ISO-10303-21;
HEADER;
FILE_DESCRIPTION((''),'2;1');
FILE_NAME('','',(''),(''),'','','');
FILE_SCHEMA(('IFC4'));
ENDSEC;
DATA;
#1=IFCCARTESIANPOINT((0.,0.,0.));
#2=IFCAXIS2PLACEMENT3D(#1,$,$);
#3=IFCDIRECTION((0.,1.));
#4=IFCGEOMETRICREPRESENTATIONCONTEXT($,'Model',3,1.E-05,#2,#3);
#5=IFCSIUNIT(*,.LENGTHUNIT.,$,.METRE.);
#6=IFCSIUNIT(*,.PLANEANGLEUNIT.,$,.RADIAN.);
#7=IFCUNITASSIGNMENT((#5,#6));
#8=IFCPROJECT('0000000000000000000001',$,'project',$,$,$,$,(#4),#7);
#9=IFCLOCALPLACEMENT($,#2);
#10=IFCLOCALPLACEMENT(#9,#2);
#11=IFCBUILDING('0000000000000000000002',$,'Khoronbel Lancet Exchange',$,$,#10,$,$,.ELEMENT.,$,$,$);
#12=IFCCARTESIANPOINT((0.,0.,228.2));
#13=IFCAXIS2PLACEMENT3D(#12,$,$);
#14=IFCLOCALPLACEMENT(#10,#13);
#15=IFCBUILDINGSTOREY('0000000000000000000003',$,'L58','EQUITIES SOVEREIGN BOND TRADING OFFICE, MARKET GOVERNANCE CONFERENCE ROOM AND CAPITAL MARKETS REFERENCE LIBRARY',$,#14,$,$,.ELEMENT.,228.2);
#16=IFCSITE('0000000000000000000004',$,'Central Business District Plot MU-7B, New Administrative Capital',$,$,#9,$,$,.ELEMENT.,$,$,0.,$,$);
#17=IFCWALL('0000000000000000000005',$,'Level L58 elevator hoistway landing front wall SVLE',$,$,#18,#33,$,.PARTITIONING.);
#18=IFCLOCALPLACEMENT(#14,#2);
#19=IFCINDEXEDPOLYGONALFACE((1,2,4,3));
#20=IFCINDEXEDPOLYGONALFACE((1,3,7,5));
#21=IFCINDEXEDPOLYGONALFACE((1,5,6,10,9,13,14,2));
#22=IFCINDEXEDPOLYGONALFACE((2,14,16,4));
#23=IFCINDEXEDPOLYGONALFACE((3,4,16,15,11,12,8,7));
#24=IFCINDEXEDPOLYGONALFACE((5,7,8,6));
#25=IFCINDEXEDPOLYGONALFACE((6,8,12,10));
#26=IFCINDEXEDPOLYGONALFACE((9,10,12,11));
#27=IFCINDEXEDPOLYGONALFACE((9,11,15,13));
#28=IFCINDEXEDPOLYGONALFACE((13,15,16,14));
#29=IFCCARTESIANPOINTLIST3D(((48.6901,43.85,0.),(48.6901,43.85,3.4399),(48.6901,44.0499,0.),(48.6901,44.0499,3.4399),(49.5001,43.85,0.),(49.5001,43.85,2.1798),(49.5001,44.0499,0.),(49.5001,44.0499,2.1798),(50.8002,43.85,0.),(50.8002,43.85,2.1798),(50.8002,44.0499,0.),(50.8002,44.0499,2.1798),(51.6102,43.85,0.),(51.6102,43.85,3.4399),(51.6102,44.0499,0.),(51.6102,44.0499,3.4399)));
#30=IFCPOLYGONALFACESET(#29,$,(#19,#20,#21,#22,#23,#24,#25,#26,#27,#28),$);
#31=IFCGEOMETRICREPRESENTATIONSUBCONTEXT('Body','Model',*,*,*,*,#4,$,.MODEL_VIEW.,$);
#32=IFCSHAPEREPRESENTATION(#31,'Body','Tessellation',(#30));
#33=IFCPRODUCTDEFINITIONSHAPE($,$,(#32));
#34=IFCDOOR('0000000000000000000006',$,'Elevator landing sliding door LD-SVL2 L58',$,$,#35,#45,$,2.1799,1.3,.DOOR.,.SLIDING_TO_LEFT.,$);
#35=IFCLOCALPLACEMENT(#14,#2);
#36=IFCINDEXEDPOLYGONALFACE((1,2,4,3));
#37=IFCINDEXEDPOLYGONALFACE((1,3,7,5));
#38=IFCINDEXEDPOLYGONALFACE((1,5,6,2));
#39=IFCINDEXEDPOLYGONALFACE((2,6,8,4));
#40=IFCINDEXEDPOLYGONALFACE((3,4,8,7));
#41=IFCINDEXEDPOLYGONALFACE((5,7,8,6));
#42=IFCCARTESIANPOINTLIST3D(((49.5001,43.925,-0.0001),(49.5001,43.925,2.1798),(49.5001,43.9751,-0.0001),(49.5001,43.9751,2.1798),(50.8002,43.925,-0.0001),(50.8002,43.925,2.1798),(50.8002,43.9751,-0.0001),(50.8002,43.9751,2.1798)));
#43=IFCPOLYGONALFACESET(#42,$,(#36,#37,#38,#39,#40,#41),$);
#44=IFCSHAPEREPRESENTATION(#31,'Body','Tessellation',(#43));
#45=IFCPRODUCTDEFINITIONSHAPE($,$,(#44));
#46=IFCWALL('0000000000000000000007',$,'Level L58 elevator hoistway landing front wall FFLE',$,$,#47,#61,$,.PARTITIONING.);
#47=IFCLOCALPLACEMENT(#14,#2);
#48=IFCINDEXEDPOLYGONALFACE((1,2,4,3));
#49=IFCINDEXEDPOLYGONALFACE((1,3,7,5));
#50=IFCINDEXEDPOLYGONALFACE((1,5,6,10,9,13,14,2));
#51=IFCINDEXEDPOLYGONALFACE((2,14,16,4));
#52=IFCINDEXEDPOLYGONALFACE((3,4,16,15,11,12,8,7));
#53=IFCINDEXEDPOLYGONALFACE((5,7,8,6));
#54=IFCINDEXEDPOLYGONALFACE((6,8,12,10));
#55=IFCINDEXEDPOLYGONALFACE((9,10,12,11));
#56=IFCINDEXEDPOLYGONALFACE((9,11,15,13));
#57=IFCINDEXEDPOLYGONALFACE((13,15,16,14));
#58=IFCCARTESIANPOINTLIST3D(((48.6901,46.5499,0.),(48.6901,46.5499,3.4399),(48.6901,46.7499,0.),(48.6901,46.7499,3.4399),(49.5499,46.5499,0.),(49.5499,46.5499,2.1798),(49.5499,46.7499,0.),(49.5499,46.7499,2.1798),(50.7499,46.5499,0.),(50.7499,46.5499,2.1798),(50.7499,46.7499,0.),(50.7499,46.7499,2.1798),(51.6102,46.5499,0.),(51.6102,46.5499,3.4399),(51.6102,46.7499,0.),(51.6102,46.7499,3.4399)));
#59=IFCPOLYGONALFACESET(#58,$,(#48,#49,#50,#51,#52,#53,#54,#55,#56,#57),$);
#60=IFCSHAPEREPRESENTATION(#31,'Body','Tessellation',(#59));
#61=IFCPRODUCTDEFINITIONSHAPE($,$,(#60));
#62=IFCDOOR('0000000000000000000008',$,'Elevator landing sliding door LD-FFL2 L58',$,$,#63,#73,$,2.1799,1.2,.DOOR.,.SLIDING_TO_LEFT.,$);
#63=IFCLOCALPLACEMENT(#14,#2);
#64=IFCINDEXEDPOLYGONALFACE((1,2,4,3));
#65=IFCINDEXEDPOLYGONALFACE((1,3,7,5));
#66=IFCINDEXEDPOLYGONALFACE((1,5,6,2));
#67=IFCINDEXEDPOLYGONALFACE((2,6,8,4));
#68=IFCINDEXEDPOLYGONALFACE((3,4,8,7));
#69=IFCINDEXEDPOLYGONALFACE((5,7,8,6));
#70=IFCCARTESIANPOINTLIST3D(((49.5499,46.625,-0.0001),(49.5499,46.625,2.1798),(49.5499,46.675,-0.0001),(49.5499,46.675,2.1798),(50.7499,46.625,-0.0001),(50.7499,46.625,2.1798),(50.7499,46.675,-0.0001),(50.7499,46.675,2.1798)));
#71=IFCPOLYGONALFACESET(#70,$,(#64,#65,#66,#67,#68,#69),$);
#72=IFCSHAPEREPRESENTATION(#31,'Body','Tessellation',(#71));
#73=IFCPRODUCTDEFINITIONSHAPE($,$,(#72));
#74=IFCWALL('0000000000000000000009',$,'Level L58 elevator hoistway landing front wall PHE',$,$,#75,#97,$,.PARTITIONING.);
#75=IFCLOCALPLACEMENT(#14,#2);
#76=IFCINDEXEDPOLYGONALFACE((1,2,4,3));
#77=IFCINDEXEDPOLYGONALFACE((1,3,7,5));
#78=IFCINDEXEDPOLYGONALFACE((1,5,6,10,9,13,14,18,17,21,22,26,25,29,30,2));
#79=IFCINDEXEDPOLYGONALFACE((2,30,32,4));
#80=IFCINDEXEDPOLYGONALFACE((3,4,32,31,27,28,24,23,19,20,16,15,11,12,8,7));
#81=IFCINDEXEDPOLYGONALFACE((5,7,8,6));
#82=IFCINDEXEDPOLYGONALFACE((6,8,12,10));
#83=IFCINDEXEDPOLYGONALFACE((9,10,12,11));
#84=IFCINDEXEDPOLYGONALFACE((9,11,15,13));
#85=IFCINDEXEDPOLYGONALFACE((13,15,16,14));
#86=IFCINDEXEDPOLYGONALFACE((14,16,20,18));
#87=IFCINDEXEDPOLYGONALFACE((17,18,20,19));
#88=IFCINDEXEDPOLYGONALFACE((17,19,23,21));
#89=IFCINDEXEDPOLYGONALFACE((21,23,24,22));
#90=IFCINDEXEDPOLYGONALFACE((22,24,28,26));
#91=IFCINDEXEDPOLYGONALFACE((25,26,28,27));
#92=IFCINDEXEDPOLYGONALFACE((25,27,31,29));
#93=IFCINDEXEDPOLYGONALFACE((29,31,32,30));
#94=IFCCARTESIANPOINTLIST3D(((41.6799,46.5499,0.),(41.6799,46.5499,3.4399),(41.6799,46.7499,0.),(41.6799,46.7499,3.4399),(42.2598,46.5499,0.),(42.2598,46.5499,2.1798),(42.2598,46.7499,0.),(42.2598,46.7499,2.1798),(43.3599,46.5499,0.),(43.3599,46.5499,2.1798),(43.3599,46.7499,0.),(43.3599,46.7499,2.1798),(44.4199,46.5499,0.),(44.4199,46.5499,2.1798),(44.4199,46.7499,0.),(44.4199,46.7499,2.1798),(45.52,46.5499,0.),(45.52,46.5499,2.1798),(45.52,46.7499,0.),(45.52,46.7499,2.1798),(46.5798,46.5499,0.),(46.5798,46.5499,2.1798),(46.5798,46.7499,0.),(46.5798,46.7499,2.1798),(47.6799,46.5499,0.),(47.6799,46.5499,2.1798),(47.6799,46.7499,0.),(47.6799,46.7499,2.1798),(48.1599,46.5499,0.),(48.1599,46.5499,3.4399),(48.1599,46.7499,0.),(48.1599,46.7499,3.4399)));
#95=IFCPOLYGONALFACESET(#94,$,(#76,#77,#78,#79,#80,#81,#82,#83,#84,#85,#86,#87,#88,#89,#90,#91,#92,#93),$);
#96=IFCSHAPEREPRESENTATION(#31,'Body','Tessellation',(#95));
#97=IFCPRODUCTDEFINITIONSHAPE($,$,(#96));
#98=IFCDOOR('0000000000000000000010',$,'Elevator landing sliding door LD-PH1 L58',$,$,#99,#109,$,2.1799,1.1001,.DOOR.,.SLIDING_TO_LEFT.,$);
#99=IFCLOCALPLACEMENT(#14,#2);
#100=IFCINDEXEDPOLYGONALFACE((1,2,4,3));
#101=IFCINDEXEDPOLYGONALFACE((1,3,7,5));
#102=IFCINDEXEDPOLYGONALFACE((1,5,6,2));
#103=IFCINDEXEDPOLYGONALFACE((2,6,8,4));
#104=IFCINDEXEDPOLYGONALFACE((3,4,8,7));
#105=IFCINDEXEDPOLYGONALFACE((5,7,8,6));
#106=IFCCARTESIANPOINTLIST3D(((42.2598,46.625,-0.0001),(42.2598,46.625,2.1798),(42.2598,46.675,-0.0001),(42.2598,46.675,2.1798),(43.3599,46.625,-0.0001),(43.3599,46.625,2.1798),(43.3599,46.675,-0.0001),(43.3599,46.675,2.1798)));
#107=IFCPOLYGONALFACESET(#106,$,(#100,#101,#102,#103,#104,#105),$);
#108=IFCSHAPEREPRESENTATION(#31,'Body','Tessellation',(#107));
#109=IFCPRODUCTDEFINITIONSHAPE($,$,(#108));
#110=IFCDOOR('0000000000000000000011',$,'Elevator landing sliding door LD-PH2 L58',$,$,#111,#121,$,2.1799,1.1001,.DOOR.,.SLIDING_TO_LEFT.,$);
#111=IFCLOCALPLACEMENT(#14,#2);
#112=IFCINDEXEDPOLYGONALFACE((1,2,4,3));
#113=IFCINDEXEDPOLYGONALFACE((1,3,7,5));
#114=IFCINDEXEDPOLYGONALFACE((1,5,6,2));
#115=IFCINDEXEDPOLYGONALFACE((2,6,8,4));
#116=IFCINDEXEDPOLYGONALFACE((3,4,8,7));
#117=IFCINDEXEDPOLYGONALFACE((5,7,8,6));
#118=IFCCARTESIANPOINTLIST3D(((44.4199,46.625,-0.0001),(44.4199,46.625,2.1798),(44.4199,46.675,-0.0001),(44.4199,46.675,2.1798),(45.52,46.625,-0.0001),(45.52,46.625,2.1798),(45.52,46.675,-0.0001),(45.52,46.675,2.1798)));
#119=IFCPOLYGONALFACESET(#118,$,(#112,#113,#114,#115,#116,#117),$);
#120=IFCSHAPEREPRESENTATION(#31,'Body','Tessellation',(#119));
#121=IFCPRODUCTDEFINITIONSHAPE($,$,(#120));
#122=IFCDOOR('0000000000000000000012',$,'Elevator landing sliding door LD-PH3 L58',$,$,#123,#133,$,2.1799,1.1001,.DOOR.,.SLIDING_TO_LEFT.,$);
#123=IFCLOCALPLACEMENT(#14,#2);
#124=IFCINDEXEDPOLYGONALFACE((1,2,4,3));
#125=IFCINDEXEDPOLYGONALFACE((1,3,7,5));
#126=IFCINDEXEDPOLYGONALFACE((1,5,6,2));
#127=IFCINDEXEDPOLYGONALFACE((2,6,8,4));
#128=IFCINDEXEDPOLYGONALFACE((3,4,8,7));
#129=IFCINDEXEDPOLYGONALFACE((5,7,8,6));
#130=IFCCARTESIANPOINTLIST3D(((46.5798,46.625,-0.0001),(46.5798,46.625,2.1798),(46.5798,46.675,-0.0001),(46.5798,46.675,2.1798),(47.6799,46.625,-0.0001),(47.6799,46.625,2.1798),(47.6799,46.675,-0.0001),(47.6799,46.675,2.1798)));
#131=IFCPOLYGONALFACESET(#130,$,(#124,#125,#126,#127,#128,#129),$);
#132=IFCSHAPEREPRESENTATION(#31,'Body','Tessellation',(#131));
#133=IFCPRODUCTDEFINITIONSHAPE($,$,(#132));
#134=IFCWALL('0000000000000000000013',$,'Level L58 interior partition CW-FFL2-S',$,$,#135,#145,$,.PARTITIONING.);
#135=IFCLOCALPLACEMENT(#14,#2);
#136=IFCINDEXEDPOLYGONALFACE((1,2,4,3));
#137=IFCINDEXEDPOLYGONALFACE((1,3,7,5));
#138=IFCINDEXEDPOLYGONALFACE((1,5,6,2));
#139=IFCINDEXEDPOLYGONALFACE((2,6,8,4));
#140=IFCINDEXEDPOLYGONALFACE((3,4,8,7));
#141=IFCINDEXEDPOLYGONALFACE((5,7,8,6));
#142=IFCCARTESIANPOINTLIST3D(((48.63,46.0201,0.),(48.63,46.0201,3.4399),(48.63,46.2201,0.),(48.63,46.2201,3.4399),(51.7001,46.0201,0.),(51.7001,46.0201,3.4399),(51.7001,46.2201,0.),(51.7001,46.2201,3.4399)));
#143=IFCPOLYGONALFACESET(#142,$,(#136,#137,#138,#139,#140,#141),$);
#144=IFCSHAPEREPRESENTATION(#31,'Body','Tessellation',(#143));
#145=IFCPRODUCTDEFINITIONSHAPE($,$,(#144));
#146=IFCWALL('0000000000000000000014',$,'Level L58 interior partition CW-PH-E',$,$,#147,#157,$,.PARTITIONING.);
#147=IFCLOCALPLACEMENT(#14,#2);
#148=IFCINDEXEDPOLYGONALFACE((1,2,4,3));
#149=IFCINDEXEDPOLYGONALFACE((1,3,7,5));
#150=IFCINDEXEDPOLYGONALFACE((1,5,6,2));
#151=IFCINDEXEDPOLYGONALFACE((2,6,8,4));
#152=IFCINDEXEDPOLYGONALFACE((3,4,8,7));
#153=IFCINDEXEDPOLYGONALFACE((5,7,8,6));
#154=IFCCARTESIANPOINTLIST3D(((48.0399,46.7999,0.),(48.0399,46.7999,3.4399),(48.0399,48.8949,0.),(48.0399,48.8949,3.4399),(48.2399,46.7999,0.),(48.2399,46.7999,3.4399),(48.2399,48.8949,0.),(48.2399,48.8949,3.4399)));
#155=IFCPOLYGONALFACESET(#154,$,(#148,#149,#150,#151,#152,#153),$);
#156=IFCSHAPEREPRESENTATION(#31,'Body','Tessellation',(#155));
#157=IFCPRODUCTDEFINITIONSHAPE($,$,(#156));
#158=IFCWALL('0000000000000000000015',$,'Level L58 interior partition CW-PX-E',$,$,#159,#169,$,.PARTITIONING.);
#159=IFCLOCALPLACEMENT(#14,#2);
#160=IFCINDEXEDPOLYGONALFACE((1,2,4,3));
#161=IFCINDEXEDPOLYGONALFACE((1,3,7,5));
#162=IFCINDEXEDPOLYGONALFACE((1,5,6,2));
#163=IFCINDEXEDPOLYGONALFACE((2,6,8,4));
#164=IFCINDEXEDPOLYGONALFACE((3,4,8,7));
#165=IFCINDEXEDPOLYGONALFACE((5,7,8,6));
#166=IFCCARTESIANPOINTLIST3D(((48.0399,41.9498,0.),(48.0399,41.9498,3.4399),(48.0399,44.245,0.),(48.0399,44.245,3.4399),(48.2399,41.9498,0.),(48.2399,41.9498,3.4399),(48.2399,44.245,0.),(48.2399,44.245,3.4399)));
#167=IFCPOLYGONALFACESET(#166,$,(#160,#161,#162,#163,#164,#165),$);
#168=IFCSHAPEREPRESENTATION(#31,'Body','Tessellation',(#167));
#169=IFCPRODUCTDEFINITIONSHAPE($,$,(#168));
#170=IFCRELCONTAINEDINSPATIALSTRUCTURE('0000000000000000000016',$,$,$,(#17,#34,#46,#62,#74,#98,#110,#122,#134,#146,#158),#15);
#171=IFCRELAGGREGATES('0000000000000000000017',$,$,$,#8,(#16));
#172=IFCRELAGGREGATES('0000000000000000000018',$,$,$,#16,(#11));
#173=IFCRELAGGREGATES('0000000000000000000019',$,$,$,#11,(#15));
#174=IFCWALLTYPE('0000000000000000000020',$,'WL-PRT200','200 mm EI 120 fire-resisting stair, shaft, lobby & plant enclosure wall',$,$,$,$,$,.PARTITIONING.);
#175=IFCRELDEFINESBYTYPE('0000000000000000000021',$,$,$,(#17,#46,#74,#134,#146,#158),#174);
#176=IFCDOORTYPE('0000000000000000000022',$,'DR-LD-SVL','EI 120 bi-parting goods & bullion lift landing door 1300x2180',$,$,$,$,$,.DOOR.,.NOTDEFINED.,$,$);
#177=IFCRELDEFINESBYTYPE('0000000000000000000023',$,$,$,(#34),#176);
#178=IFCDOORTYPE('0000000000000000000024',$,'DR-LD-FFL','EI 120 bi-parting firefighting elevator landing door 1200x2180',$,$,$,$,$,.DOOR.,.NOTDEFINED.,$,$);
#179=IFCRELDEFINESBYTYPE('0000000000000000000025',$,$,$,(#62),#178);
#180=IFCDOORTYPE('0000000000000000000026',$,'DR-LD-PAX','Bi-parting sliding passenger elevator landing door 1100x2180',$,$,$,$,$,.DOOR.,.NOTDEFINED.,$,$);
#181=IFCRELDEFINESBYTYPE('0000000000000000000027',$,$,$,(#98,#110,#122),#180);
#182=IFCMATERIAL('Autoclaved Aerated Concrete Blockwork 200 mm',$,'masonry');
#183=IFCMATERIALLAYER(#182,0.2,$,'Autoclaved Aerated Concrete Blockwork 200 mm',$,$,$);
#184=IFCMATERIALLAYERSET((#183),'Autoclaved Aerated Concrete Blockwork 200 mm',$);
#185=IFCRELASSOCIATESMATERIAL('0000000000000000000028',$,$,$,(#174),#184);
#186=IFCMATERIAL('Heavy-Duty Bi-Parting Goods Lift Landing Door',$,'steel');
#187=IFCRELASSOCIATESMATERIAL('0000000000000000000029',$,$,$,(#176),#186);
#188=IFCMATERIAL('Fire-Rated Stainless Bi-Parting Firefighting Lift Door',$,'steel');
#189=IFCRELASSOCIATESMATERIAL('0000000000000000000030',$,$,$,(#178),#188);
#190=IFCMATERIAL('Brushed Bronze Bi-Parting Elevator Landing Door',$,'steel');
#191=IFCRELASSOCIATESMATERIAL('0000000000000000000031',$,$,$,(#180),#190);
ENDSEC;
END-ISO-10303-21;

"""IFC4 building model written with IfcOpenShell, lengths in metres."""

from ifc_helpers import new_model, si_unit, direction, frame, frame_2d, origin, place, context, subcontext, project, spatial, rectangle, extrude, material, layer, layer_set, type_object, element, fill, save


model = new_model("IFC4")

# Units and contexts
model_context = context("Model", 3, precision=1e-05, world=origin(), true_north=direction((0.0, 1.0)))
body_context = subcontext(model_context, "Body", "Model", "MODEL_VIEW")
ifc_project = project(units=[si_unit("LENGTHUNIT", "METRE"), si_unit("PLANEANGLEUNIT", "RADIAN")], contexts=[model_context])

# Site, building, storey
site_placement = place(None, origin())
site = spatial("IfcSite", under=ifc_project, at=site_placement, Name="Central Business District Plot MU-7B, New Administrative Capital", CompositionType="ELEMENT", RefElevation=0.0)
building_placement = place(site_placement, origin())
building = spatial("IfcBuilding", under=site, at=building_placement, Name="Khoronbel Lancet Exchange", CompositionType="ELEMENT")
storey_placement = place(building_placement, frame((0.0, 0.0, 228.2)))
storey = spatial("IfcBuildingStorey", under=building, at=storey_placement, Name="L58", Description="EQUITIES SOVEREIGN BOND TRADING OFFICE, MARKET GOVERNANCE CONFERENCE ROOM AND CAPITAL MARKETS REFERENCE LIBRARY", CompositionType="ELEMENT", Elevation=228.2)

# Walls, openings, doors
ifc_material_1 = material(Name="Autoclaved Aerated Concrete Blockwork 200 mm", Category="masonry")
ifc_layer_1 = layer(ifc_material_1, 0.2, Name="Autoclaved Aerated Concrete Blockwork 200 mm")
ifc_layer_set_1 = layer_set([ifc_layer_1], Name="Autoclaved Aerated Concrete Blockwork 200 mm")
wall_type_1 = type_object("IfcWallType", Name="WL-PRT200", Description="200 mm EI 120 fire-resisting stair, shaft, lobby & plant enclosure wall", PredefinedType="PARTITIONING", material=ifc_layer_set_1)
wall_1_placement = place(storey_placement, frame((51.6101, 43.95, 0.0), z_axis=(0.0, 0.0, 1.0), x_axis=(-1.0, 0.0, 0.0)))
wall_1 = element("IfcWall", 1, at=wall_1_placement, inside=storey, type_object=wall_type_1, Name="Level L58 elevator hoistway landing front wall SVLE", PredefinedType="PARTITIONING", context=body_context, shape_type="SweptSolid", body=[
    extrude(rectangle(XDim=2.9202, YDim=0.2, at=frame_2d((1.46, 0.0))), origin(), (0.0, 0.0, 1.0), 3.4399),
])
opening_1_placement = place(wall_1_placement, frame((0.8101, 0.0, 0.0)))
opening_1 = element("IfcOpeningElement", 2, at=opening_1_placement, cuts=wall_1, PredefinedType="OPENING", context=body_context, shape_type="SweptSolid", body=[
    extrude(rectangle(XDim=1.3, YDim=2.1799, at=frame_2d((0.6499, 1.0898))), frame((0.0, 0.1099, 0.0), z_axis=(0.0, -1.0, 0.0), x_axis=(1.0, 0.0, 0.0)), (0.0, 0.0, 1.0), 0.22),
])
ifc_material_2 = material(Name="Heavy-Duty Bi-Parting Goods Lift Landing Door", Category="steel")
door_type_1 = type_object("IfcDoorType", Name="DR-LD-SVL", Description="EI 120 bi-parting goods & bullion lift landing door 1300x2180", OperationType="NOTDEFINED", PredefinedType="DOOR", material=ifc_material_2)
door_1_placement = place(opening_1_placement, origin())
door_1 = element("IfcDoor", 3, at=door_1_placement, inside=storey, type_object=door_type_1, Name="Elevator landing sliding door LD-SVL2 L58", OperationType="SLIDING_TO_LEFT", OverallHeight=2.1799, OverallWidth=1.3, PredefinedType="DOOR", context=body_context, shape_type="SweptSolid", body=[
    extrude(rectangle(XDim=1.3, YDim=2.1799, at=frame_2d((0.6499, 1.0898))), frame((0.0, 0.0249, 0.0), z_axis=(0.0, -1.0, 0.0), x_axis=(1.0, 0.0, 0.0)), (0.0, 0.0, 1.0), 0.05),
])
fill(opening_1, door_1)
wall_2_placement = place(storey_placement, frame((51.6101, 46.6499, 0.0), z_axis=(0.0, 0.0, 1.0), x_axis=(-1.0, 0.0, 0.0)))
wall_2 = element("IfcWall", 4, at=wall_2_placement, inside=storey, type_object=wall_type_1, Name="Level L58 elevator hoistway landing front wall FFLE", PredefinedType="PARTITIONING", context=body_context, shape_type="SweptSolid", body=[
    extrude(rectangle(XDim=2.9202, YDim=0.2, at=frame_2d((1.46, 0.0))), origin(), (0.0, 0.0, 1.0), 3.4399),
])
opening_2_placement = place(wall_2_placement, frame((0.8601, 0.0, 0.0)))
opening_2 = element("IfcOpeningElement", 5, at=opening_2_placement, cuts=wall_2, PredefinedType="OPENING", context=body_context, shape_type="SweptSolid", body=[
    extrude(rectangle(XDim=1.2, YDim=2.1799, at=frame_2d((0.6001, 1.0898))), frame((0.0, 0.1099, 0.0), z_axis=(0.0, -1.0, 0.0), x_axis=(1.0, 0.0, 0.0)), (0.0, 0.0, 1.0), 0.22),
])
ifc_material_3 = material(Name="Fire-Rated Stainless Bi-Parting Firefighting Lift Door", Category="steel")
door_type_2 = type_object("IfcDoorType", Name="DR-LD-FFL", Description="EI 120 bi-parting firefighting elevator landing door 1200x2180", OperationType="NOTDEFINED", PredefinedType="DOOR", material=ifc_material_3)
door_2_placement = place(opening_2_placement, origin())
door_2 = element("IfcDoor", 6, at=door_2_placement, inside=storey, type_object=door_type_2, Name="Elevator landing sliding door LD-FFL2 L58", OperationType="SLIDING_TO_LEFT", OverallHeight=2.1799, OverallWidth=1.2, PredefinedType="DOOR", context=body_context, shape_type="SweptSolid", body=[
    extrude(rectangle(XDim=1.2, YDim=2.1799, at=frame_2d((0.6001, 1.0898))), frame((0.0, 0.0249, 0.0), z_axis=(0.0, -1.0, 0.0), x_axis=(1.0, 0.0, 0.0)), (0.0, 0.0, 1.0), 0.05),
])
fill(opening_2, door_2)

# Wall, openings, doors
wall_3_placement = place(storey_placement, frame((48.1599, 46.6499, 0.0), z_axis=(0.0, 0.0, 1.0), x_axis=(-1.0, 0.0, 0.0)))
wall_3 = element("IfcWall", 7, at=wall_3_placement, inside=storey, type_object=wall_type_1, Name="Level L58 elevator hoistway landing front wall PHE", PredefinedType="PARTITIONING", context=body_context, shape_type="SweptSolid", body=[
    extrude(rectangle(XDim=6.48, YDim=0.2, at=frame_2d((3.24, 0.0))), origin(), (0.0, 0.0, 1.0), 3.4399),
])
opening_3_placement = place(wall_3_placement, frame((4.8, 0.0, 0.0)))
opening_3 = element("IfcOpeningElement", 8, at=opening_3_placement, cuts=wall_3, PredefinedType="OPENING", context=body_context, shape_type="SweptSolid", body=[
    extrude(rectangle(XDim=1.1001, YDim=2.1799, at=frame_2d((0.55, 1.0898))), frame((0.0, 0.1099, 0.0), z_axis=(0.0, -1.0, 0.0), x_axis=(1.0, 0.0, 0.0)), (0.0, 0.0, 1.0), 0.22),
])
opening_4_placement = place(wall_3_placement, frame((2.6399, 0.0, 0.0)))
opening_4 = element("IfcOpeningElement", 9, at=opening_4_placement, cuts=wall_3, PredefinedType="OPENING", context=body_context, shape_type="SweptSolid", body=[
    extrude(rectangle(XDim=1.1001, YDim=2.1799, at=frame_2d((0.55, 1.0898))), frame((0.0, 0.1099, 0.0), z_axis=(0.0, -1.0, 0.0), x_axis=(1.0, 0.0, 0.0)), (0.0, 0.0, 1.0), 0.22),
])
opening_5_placement = place(wall_3_placement, frame((0.48, 0.0, 0.0)))
opening_5 = element("IfcOpeningElement", 10, at=opening_5_placement, cuts=wall_3, PredefinedType="OPENING", context=body_context, shape_type="SweptSolid", body=[
    extrude(rectangle(XDim=1.1001, YDim=2.1799, at=frame_2d((0.55, 1.0898))), frame((0.0, 0.1099, 0.0), z_axis=(0.0, -1.0, 0.0), x_axis=(1.0, 0.0, 0.0)), (0.0, 0.0, 1.0), 0.22),
])
ifc_material_4 = material(Name="Brushed Bronze Bi-Parting Elevator Landing Door", Category="steel")
door_type_3 = type_object("IfcDoorType", Name="DR-LD-PAX", Description="Bi-parting sliding passenger elevator landing door 1100x2180", OperationType="NOTDEFINED", PredefinedType="DOOR", material=ifc_material_4)
door_3_placement = place(opening_3_placement, origin())
door_3 = element("IfcDoor", 11, at=door_3_placement, inside=storey, type_object=door_type_3, Name="Elevator landing sliding door LD-PH1 L58", OperationType="SLIDING_TO_LEFT", OverallHeight=2.1799, OverallWidth=1.1001, PredefinedType="DOOR", context=body_context, shape_type="SweptSolid", body=[
    extrude(rectangle(XDim=1.1001, YDim=2.1799, at=frame_2d((0.55, 1.0898))), frame((0.0, 0.0249, 0.0), z_axis=(0.0, -1.0, 0.0), x_axis=(1.0, 0.0, 0.0)), (0.0, 0.0, 1.0), 0.05),
])
fill(opening_3, door_3)
door_4_placement = place(opening_4_placement, origin())
door_4 = element("IfcDoor", 12, at=door_4_placement, inside=storey, type_object=door_type_3, Name="Elevator landing sliding door LD-PH2 L58", OperationType="SLIDING_TO_LEFT", OverallHeight=2.1799, OverallWidth=1.1001, PredefinedType="DOOR", context=body_context, shape_type="SweptSolid", body=[
    extrude(rectangle(XDim=1.1001, YDim=2.1799, at=frame_2d((0.55, 1.0898))), frame((0.0, 0.0249, 0.0), z_axis=(0.0, -1.0, 0.0), x_axis=(1.0, 0.0, 0.0)), (0.0, 0.0, 1.0), 0.05),
])
fill(opening_4, door_4)
door_5_placement = place(opening_5_placement, origin())
door_5 = element("IfcDoor", 13, at=door_5_placement, inside=storey, type_object=door_type_3, Name="Elevator landing sliding door LD-PH3 L58", OperationType="SLIDING_TO_LEFT", OverallHeight=2.1799, OverallWidth=1.1001, PredefinedType="DOOR", context=body_context, shape_type="SweptSolid", body=[
    extrude(rectangle(XDim=1.1001, YDim=2.1799, at=frame_2d((0.55, 1.0898))), frame((0.0, 0.0249, 0.0), z_axis=(0.0, -1.0, 0.0), x_axis=(1.0, 0.0, 0.0)), (0.0, 0.0, 1.0), 0.05),
])
fill(opening_5, door_5)

# Wall
wall_4_placement = place(storey_placement, frame((48.6299, 46.1201, 0.0), z_axis=(0.0, 0.0, 1.0), x_axis=(1.0, 0.0, 0.0)))
element("IfcWall", 14, at=wall_4_placement, inside=storey, type_object=wall_type_1, Name="Level L58 interior partition CW-FFL2-S", PredefinedType="PARTITIONING", context=body_context, shape_type="SweptSolid", body=[
    extrude(rectangle(XDim=3.0701, YDim=0.2, at=frame_2d((1.5352, 0.0))), origin(), (0.0, 0.0, 1.0), 3.4399),
])

# Walls
wall_5_placement = place(storey_placement, frame((48.1399, 46.8, 0.0), z_axis=(0.0, 0.0, 1.0), x_axis=(0.0, 1.0, 0.0)))
element("IfcWall", 15, at=wall_5_placement, inside=storey, type_object=wall_type_1, Name="Level L58 interior partition CW-PH-E", PredefinedType="PARTITIONING", context=body_context, shape_type="SweptSolid", body=[
    extrude(rectangle(XDim=2.095, YDim=0.2, at=frame_2d((1.0474, 0.0))), origin(), (0.0, 0.0, 1.0), 3.4399),
])
wall_6_placement = place(storey_placement, frame((48.1399, 41.95, 0.0), z_axis=(0.0, 0.0, 1.0), x_axis=(0.0, 1.0, 0.0)))
element("IfcWall", 16, at=wall_6_placement, inside=storey, type_object=wall_type_1, Name="Level L58 interior partition CW-PX-E", PredefinedType="PARTITIONING", context=body_context, shape_type="SweptSolid", body=[
    extrude(rectangle(XDim=2.2952, YDim=0.2, at=frame_2d((1.1475, 0.0))), origin(), (0.0, 0.0, 1.0), 3.4399),
])

save(model, "model.ifc")
